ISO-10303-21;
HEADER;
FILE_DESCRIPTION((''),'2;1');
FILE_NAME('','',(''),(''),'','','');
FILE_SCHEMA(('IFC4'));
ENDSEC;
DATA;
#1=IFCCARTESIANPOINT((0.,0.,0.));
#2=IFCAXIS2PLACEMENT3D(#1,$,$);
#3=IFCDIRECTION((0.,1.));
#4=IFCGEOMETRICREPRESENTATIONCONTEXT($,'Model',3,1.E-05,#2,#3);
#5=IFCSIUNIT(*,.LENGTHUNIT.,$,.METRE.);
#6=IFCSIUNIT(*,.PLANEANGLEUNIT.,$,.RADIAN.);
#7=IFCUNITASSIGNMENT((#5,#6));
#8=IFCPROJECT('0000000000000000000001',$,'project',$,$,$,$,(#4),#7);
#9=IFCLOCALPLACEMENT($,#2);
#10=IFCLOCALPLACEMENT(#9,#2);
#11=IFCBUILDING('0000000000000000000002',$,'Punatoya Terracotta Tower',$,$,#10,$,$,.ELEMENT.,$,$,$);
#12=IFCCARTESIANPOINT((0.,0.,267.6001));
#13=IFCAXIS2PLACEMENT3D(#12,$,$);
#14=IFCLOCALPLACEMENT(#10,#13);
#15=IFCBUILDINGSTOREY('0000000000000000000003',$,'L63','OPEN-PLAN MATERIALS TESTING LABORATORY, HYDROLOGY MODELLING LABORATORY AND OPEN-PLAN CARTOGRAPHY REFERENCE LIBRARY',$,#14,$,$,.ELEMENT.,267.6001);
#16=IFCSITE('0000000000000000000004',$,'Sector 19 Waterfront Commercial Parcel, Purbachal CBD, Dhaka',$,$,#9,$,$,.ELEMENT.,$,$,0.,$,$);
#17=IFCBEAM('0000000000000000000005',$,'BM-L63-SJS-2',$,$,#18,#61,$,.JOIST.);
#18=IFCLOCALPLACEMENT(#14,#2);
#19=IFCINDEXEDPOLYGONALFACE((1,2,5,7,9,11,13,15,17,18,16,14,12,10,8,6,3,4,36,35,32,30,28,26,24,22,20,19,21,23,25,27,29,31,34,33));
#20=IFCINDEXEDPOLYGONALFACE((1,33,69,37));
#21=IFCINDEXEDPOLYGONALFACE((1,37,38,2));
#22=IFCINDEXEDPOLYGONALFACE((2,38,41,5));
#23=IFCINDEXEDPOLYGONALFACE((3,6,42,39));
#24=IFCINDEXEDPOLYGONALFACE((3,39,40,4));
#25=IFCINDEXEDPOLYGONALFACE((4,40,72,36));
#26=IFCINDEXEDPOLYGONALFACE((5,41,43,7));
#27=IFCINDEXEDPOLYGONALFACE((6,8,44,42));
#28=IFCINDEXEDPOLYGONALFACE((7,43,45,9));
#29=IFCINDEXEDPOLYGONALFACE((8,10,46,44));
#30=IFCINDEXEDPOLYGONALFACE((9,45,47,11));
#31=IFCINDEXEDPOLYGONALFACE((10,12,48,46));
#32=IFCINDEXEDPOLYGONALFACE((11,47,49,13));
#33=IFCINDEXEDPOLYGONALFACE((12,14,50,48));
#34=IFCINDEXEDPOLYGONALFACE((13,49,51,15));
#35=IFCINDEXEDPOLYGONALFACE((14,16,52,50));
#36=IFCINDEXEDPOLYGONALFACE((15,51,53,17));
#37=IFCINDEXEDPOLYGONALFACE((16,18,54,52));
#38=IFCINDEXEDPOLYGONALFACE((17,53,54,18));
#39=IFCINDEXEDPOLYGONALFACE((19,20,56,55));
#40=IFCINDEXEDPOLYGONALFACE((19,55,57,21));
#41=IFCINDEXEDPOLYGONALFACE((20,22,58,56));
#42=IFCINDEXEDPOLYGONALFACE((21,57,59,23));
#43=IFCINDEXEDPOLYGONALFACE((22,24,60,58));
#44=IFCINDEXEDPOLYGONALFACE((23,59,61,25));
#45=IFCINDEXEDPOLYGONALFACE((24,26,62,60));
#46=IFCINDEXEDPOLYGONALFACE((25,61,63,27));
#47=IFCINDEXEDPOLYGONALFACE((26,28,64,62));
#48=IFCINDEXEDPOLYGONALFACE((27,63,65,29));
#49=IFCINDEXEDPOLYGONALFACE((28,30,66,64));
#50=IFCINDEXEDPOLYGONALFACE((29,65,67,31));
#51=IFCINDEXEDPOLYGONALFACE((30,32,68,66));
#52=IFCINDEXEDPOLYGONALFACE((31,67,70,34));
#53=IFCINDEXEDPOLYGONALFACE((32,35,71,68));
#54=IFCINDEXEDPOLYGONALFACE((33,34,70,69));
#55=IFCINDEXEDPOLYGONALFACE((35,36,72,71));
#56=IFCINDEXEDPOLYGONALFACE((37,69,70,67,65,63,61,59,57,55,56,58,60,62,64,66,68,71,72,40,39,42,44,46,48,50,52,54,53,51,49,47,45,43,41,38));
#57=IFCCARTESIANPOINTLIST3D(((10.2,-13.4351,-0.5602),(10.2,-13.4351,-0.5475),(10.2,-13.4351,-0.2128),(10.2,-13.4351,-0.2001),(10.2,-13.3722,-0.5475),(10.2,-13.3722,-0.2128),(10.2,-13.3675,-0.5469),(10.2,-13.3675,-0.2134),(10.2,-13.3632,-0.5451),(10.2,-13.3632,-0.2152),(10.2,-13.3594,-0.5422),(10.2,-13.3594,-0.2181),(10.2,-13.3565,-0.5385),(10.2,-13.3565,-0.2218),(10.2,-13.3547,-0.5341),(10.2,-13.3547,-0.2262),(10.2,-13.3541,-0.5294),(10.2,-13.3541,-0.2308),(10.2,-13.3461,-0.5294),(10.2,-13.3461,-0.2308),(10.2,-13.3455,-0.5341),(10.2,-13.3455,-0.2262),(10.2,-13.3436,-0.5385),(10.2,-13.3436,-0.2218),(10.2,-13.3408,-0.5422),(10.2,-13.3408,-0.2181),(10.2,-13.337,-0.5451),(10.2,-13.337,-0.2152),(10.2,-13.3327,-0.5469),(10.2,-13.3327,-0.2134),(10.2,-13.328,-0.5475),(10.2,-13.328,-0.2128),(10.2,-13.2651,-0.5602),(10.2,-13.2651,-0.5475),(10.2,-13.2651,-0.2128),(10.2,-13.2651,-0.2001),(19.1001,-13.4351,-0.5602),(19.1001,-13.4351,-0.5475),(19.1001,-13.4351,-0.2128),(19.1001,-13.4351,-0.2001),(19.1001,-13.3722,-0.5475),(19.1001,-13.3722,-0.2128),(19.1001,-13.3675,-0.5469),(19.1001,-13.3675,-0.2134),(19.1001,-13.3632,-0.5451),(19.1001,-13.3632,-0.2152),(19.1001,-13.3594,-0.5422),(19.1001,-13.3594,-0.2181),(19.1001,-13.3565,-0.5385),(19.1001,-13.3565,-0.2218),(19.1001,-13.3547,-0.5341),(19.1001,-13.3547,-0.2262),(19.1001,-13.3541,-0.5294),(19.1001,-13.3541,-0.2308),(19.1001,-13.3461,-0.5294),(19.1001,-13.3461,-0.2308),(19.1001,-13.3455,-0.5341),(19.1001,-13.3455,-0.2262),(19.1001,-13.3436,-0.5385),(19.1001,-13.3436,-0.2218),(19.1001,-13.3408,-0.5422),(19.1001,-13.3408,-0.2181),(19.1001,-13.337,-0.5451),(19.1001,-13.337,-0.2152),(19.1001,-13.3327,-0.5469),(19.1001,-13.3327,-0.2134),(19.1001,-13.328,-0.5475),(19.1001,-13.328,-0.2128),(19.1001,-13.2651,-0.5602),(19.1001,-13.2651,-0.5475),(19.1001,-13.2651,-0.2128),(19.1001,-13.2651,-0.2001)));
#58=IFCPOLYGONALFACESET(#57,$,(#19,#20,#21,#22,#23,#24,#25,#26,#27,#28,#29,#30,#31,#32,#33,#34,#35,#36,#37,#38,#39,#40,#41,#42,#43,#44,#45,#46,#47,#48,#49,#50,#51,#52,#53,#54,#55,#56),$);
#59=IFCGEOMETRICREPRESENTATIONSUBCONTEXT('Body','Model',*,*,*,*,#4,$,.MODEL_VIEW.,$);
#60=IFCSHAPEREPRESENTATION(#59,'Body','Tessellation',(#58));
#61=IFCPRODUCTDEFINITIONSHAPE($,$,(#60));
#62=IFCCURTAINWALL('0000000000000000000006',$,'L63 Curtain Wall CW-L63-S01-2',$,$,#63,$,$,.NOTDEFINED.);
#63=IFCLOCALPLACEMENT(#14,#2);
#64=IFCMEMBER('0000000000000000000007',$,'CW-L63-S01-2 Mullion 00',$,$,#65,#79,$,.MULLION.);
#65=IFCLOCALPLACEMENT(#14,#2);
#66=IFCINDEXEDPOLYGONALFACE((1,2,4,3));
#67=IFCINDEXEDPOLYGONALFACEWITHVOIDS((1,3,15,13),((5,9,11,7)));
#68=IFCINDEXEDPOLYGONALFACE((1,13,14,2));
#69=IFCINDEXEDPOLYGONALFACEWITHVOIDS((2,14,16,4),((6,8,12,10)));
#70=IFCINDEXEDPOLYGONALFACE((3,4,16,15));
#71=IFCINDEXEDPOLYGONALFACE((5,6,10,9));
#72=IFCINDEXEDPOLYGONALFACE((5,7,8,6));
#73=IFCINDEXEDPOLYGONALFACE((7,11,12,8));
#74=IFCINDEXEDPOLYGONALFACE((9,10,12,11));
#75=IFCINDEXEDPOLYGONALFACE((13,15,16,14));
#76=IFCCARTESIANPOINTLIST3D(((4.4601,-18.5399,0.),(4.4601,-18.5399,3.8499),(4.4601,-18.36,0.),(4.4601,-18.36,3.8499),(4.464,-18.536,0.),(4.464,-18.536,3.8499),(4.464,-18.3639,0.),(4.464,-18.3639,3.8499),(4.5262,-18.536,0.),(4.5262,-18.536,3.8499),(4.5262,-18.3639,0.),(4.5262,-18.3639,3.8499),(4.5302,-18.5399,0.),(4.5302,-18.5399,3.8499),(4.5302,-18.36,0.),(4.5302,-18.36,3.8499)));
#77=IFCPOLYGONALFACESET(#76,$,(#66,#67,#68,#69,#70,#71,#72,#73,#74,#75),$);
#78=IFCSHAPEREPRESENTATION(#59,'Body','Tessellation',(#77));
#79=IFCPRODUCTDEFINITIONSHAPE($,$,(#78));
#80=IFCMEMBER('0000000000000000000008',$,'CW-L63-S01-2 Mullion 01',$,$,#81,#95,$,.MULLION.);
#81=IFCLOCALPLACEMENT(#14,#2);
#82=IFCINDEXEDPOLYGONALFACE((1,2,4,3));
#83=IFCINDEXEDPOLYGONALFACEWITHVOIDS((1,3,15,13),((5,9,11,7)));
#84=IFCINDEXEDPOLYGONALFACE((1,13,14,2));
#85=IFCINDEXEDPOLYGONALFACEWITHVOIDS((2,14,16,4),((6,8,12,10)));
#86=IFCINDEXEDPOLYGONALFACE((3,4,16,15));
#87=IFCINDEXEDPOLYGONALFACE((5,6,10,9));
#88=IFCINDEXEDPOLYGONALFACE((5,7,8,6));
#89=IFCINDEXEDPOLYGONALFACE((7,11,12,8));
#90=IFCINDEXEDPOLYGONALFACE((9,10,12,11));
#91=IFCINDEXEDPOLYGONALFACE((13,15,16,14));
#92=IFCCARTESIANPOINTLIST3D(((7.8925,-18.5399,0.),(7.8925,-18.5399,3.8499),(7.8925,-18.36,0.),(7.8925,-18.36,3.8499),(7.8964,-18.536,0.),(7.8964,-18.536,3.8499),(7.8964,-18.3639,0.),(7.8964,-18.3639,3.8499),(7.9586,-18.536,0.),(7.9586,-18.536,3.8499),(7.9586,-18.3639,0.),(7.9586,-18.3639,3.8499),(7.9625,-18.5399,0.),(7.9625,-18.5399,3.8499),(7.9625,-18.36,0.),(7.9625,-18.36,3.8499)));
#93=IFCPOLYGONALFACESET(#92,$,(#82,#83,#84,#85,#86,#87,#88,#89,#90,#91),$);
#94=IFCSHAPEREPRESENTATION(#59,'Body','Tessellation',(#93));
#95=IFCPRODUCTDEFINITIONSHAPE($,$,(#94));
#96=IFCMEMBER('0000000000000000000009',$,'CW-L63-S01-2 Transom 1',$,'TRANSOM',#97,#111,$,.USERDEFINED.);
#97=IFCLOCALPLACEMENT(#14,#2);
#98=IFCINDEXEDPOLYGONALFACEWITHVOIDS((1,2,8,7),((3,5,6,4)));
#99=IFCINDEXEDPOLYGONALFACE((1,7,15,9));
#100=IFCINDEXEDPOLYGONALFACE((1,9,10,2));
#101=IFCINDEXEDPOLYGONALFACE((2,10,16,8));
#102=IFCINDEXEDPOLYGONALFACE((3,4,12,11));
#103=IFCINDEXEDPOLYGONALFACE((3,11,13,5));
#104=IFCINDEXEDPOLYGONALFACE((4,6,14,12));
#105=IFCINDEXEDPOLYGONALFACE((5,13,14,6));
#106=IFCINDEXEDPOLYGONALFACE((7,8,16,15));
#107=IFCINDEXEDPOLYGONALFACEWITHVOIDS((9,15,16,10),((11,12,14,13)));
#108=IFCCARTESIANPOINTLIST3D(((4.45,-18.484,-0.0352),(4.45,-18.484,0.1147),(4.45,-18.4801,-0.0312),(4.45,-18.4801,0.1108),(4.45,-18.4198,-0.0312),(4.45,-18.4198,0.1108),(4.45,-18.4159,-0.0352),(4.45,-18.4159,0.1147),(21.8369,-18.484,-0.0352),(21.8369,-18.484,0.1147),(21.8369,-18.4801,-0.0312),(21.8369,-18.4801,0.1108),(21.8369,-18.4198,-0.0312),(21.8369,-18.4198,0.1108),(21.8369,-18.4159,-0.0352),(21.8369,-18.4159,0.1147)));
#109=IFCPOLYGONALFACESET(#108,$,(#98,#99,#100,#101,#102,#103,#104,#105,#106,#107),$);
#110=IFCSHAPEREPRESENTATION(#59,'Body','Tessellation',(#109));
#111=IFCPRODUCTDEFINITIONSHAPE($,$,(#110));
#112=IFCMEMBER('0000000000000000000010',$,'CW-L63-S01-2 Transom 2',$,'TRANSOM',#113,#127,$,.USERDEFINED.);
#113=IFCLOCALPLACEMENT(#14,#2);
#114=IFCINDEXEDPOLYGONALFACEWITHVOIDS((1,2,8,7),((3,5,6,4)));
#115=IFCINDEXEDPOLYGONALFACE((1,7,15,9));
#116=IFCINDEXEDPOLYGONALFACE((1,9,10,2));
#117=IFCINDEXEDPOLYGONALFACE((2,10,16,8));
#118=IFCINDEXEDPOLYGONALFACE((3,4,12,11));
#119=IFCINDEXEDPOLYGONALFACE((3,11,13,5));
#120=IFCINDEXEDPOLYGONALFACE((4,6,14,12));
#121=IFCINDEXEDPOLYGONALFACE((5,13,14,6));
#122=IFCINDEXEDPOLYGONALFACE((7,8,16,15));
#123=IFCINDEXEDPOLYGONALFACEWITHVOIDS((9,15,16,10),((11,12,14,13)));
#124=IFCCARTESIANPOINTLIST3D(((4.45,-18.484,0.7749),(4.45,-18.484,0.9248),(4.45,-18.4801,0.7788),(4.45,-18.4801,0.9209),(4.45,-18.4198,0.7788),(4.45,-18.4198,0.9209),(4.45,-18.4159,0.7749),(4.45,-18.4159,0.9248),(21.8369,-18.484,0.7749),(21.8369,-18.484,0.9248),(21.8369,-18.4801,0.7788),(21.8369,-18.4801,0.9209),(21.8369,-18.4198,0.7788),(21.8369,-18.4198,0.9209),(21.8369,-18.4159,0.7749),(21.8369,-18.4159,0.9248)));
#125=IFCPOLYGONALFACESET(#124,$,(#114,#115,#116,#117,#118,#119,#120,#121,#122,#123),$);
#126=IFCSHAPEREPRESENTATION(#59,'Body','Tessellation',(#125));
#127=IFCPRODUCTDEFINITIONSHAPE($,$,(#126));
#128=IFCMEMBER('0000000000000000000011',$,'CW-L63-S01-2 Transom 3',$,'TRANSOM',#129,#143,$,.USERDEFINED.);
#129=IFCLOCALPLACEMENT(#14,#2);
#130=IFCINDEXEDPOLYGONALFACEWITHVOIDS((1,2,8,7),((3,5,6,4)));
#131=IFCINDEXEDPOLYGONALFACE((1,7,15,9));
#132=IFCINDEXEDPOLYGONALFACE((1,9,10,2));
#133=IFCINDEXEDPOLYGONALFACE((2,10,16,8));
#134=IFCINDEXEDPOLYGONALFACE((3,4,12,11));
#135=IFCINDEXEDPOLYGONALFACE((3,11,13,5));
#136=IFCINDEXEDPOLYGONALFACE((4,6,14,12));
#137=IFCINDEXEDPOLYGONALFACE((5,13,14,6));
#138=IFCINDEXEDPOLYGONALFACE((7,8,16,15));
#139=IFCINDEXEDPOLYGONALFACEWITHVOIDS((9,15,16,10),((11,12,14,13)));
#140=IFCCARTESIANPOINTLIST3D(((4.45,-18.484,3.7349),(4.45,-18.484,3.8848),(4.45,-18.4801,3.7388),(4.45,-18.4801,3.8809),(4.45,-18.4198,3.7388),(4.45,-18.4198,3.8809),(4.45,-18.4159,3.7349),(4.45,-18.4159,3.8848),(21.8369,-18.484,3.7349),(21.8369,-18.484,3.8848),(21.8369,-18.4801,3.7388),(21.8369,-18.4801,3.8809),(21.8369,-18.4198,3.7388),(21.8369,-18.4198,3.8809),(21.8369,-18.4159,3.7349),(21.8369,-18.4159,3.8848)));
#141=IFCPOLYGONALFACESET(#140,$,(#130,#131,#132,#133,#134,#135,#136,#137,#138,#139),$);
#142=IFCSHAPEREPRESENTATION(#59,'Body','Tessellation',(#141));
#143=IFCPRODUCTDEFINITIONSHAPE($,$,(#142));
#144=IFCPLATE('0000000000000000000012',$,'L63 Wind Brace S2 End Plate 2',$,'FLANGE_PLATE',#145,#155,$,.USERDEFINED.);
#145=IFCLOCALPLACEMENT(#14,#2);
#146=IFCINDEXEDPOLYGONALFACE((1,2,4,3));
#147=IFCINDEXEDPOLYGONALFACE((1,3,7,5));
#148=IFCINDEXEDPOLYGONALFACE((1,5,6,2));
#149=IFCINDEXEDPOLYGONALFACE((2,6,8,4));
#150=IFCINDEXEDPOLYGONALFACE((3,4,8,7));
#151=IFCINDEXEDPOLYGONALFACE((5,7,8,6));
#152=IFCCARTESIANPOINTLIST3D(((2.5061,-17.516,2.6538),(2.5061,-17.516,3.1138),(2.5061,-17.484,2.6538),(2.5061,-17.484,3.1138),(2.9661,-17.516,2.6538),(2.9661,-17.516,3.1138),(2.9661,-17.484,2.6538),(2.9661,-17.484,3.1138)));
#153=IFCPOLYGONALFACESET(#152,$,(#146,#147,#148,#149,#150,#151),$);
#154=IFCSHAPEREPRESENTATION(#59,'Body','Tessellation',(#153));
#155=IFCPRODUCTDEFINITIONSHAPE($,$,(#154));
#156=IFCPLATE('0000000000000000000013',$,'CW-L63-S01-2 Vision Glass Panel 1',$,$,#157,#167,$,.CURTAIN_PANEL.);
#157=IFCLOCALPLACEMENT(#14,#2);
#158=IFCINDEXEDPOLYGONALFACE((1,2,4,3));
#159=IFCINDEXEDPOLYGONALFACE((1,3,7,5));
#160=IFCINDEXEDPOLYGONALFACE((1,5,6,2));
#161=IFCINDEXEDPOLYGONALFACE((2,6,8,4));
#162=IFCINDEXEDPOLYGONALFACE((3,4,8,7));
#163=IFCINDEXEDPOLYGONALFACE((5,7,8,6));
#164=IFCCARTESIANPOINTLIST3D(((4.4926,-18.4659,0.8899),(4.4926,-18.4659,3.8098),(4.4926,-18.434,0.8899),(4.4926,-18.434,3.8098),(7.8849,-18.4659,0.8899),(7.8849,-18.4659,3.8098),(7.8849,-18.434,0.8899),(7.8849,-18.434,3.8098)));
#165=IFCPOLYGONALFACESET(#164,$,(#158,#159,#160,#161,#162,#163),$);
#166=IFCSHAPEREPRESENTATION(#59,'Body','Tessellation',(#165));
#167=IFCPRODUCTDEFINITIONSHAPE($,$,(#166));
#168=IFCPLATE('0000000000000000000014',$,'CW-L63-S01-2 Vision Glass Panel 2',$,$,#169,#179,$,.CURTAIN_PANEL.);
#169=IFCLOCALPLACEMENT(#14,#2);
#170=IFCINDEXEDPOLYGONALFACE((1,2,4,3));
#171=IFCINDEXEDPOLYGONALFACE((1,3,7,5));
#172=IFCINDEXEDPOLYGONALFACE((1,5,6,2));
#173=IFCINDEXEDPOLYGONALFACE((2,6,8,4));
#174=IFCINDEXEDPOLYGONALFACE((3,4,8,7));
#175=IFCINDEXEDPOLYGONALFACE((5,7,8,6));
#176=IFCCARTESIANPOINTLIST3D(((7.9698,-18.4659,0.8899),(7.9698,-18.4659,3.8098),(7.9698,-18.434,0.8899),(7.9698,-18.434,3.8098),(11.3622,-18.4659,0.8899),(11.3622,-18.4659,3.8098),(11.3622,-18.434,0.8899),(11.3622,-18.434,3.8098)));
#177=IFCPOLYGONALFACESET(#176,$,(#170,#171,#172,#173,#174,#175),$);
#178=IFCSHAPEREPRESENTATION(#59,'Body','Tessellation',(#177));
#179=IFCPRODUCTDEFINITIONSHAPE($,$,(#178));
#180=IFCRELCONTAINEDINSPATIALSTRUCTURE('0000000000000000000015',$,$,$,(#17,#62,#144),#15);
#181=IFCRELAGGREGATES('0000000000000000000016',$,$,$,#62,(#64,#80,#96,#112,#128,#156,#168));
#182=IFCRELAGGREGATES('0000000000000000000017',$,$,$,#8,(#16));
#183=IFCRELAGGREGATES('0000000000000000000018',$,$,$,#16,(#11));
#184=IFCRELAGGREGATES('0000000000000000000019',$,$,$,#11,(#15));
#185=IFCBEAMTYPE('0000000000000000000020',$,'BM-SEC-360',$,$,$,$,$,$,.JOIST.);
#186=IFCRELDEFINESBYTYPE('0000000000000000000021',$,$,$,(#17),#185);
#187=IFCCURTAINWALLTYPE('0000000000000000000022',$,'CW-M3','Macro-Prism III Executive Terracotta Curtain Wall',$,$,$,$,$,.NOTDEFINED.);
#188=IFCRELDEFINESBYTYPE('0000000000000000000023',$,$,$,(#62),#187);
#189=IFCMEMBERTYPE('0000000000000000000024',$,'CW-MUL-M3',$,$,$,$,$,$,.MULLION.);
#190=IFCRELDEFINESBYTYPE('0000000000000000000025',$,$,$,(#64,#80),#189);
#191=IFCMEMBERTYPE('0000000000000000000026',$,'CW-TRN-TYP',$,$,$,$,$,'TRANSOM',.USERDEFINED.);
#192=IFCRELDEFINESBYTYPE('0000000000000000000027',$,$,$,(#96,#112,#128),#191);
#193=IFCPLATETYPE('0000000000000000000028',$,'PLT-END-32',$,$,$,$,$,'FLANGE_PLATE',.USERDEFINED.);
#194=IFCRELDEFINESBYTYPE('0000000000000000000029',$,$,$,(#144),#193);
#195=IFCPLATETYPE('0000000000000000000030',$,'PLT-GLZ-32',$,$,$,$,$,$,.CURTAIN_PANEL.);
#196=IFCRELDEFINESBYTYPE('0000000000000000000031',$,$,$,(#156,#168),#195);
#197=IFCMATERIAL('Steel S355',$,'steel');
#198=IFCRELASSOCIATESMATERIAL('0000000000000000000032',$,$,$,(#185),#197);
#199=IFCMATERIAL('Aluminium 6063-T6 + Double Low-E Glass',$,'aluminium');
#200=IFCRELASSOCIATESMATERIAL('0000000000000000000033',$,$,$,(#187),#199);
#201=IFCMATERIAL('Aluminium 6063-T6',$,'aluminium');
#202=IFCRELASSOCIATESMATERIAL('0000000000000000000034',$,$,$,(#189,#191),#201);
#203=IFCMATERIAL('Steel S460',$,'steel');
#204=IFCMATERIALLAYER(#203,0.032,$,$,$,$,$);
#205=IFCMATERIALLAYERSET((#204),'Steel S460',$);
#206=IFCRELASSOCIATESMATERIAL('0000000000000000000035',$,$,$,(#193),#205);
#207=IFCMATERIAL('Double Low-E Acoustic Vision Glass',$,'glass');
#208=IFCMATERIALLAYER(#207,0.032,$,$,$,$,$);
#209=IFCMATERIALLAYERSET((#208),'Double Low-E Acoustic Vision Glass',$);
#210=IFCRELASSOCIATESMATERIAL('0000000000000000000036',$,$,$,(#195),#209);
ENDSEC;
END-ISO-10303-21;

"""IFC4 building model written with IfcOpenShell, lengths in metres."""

from ifc_helpers import new_model, si_unit, direction, frame, origin, origin_2d, place, context, subcontext, project, spatial, rectangle, hollow_rectangle, i_section, extrude, material, layer, layer_set, material_profile, profile_set, type_object, element, aggregate, save


model = new_model("IFC4")

# Units and contexts
model_context = context("Model", 3, precision=1e-05, world=origin(), true_north=direction((0.0, 1.0)))
body_context = subcontext(model_context, "Body", "Model", "MODEL_VIEW")
ifc_project = project(units=[si_unit("LENGTHUNIT", "METRE"), si_unit("PLANEANGLEUNIT", "RADIAN")], contexts=[model_context])

# Site, building, storey
site_placement = place(None, origin())
site = spatial("IfcSite", under=ifc_project, at=site_placement, Name="Sector 19 Waterfront Commercial Parcel, Purbachal CBD, Dhaka", CompositionType="ELEMENT", RefElevation=0.0)
building_placement = place(site_placement, origin())
building = spatial("IfcBuilding", under=site, at=building_placement, Name="Punatoya Terracotta Tower", CompositionType="ELEMENT")
storey_placement = place(building_placement, frame((0.0, 0.0, 267.6001)))
storey = spatial("IfcBuildingStorey", under=building, at=storey_placement, Name="L63", Description="OPEN-PLAN MATERIALS TESTING LABORATORY, HYDROLOGY MODELLING LABORATORY AND OPEN-PLAN CARTOGRAPHY REFERENCE LIBRARY", CompositionType="ELEMENT", Elevation=267.6001)

# Shared definitions
ifc_material_1 = material(Name="Steel S460", Category="steel")

# Beam
ifc_material_2 = material(Name="Steel S355", Category="steel")
ifc_material_profile_1 = material_profile(ifc_material_2, i_section(OverallWidth=0.1699, OverallDepth=0.3601, WebThickness=0.0081, FlangeThickness=0.0127, FilletRadius=0.0181, at=origin_2d()))
ifc_profile_set_1 = profile_set([ifc_material_profile_1], Name="Steel S355")
beam_type_1 = type_object("IfcBeamType", Name="BM-SEC-360", PredefinedType="JOIST", material=ifc_profile_set_1)
beam_1_placement = place(storey_placement, frame((10.2, -13.3501, -0.3801), z_axis=(1.0, 0.0, 0.0), x_axis=(0.0, 1.0, 0.0)))
element("IfcBeam", 1, at=beam_1_placement, inside=storey, type_object=beam_type_1, Name="BM-L63-SJS-2", PredefinedType="JOIST", context=body_context, shape_type="SweptSolid", body=[
    extrude(i_section(OverallWidth=0.1699, OverallDepth=0.3601, WebThickness=0.0081, FlangeThickness=0.0127, FilletRadius=0.0181, at=origin_2d()), origin(), (0.0, 0.0, 1.0), 8.9001),
])

# Curtain wall, members
ifc_material_3 = material(Name="Aluminium 6063-T6 + Double Low-E Glass", Category="aluminium")
curtain_wall_type = type_object("IfcCurtainWallType", Name="CW-M3", Description="Macro-Prism III Executive Terracotta Curtain Wall", PredefinedType="NOTDEFINED", material=ifc_material_3)
curtain_wall_placement = place(storey_placement, origin())
curtain_wall = element("IfcCurtainWall", 2, at=curtain_wall_placement, inside=storey, type_object=curtain_wall_type, Name="L63 Curtain Wall CW-L63-S01-2", PredefinedType="NOTDEFINED")
ifc_material_4 = material(Name="Aluminium 6063-T6", Category="aluminium")
ifc_material_profile_2 = material_profile(ifc_material_4, hollow_rectangle(XDim=0.0701, YDim=0.1799, WallThickness=0.0039, at=origin_2d()))
ifc_profile_set_2 = profile_set([ifc_material_profile_2], Name="Aluminium 6063-T6")
member_type_1 = type_object("IfcMemberType", Name="CW-MUL-M3", PredefinedType="MULLION", material=ifc_profile_set_2)
member_1_placement = place(storey_placement, frame((4.4951, -18.45, 0.0), z_axis=(0.0, 0.0, 1.0), x_axis=(1.0, 0.0, 0.0)))
member_1 = element("IfcMember", 3, at=member_1_placement, type_object=member_type_1, Name="CW-L63-S01-2 Mullion 00", PredefinedType="MULLION", context=body_context, shape_type="SweptSolid", body=[
    extrude(hollow_rectangle(XDim=0.0701, YDim=0.1799, WallThickness=0.0039, at=origin_2d()), origin(), (0.0, 0.0, 1.0), 3.8499),
])
member_2_placement = place(storey_placement, frame((7.9275, -18.45, 0.0), z_axis=(0.0, 0.0, 1.0), x_axis=(1.0, 0.0, 0.0)))
member_2 = element("IfcMember", 4, at=member_2_placement, type_object=member_type_1, Name="CW-L63-S01-2 Mullion 01", PredefinedType="MULLION", context=body_context, shape_type="SweptSolid", body=[
    extrude(hollow_rectangle(XDim=0.0701, YDim=0.1799, WallThickness=0.0039, at=origin_2d()), origin(), (0.0, 0.0, 1.0), 3.8499),
])
ifc_material_profile_3 = material_profile(ifc_material_4, hollow_rectangle(XDim=0.0681, YDim=0.1499, WallThickness=0.0039, at=origin_2d()))
ifc_profile_set_3 = profile_set([ifc_material_profile_3], Name="Aluminium 6063-T6")
member_type_2 = type_object("IfcMemberType", Name="CW-TRN-TYP", ElementType="TRANSOM", PredefinedType="USERDEFINED", material=ifc_profile_set_3)
member_3_placement = place(storey_placement, frame((4.45, -18.45, 0.0398), z_axis=(1.0, 0.0, 0.0), x_axis=(0.0, 1.0, 0.0)))
member_3 = element("IfcMember", 5, at=member_3_placement, type_object=member_type_2, Name="CW-L63-S01-2 Transom 1", ObjectType="TRANSOM", PredefinedType="USERDEFINED", context=body_context, shape_type="SweptSolid", body=[
    extrude(hollow_rectangle(XDim=0.0681, YDim=0.1499, WallThickness=0.0039, at=origin_2d()), origin(), (0.0, 0.0, 1.0), 17.387),
])
member_4_placement = place(storey_placement, frame((4.45, -18.45, 0.8499), z_axis=(1.0, 0.0, 0.0), x_axis=(0.0, 1.0, 0.0)))
member_4 = element("IfcMember", 6, at=member_4_placement, type_object=member_type_2, Name="CW-L63-S01-2 Transom 2", ObjectType="TRANSOM", PredefinedType="USERDEFINED", context=body_context, shape_type="SweptSolid", body=[
    extrude(hollow_rectangle(XDim=0.0681, YDim=0.1499, WallThickness=0.0039, at=origin_2d()), origin(), (0.0, 0.0, 1.0), 17.387),
])
member_5_placement = place(storey_placement, frame((4.45, -18.45, 3.8098), z_axis=(1.0, 0.0, 0.0), x_axis=(0.0, 1.0, 0.0)))
member_5 = element("IfcMember", 7, at=member_5_placement, type_object=member_type_2, Name="CW-L63-S01-2 Transom 3", ObjectType="TRANSOM", PredefinedType="USERDEFINED", context=body_context, shape_type="SweptSolid", body=[
    extrude(hollow_rectangle(XDim=0.0681, YDim=0.1499, WallThickness=0.0039, at=origin_2d()), origin(), (0.0, 0.0, 1.0), 17.387),
])

# Plates
ifc_layer_1 = layer(ifc_material_1, 0.032)
ifc_layer_set_1 = layer_set([ifc_layer_1], Name="Steel S460")
plate_type_1 = type_object("IfcPlateType", Name="PLT-END-32", ElementType="FLANGE_PLATE", PredefinedType="USERDEFINED", material=ifc_layer_set_1)
plate_1_placement = place(storey_placement, frame((2.7361, -17.5, 2.6538), z_axis=(0.0, 0.0, 1.0), x_axis=(1.0, 0.0, 0.0)))
element("IfcPlate", 8, at=plate_1_placement, inside=storey, type_object=plate_type_1, Name="L63 Wind Brace S2 End Plate 2", ObjectType="FLANGE_PLATE", PredefinedType="USERDEFINED", context=body_context, shape_type="SweptSolid", body=[
    extrude(rectangle(XDim=0.46, YDim=0.032, at=origin_2d()), origin(), (0.0, 0.0, 1.0), 0.46),
])
ifc_material_5 = material(Name="Double Low-E Acoustic Vision Glass", Category="glass")
ifc_layer_2 = layer(ifc_material_5, 0.032)
ifc_layer_set_2 = layer_set([ifc_layer_2], Name="Double Low-E Acoustic Vision Glass")
plate_type_2 = type_object("IfcPlateType", Name="PLT-GLZ-32", PredefinedType="CURTAIN_PANEL", material=ifc_layer_set_2)
plate_2_placement = place(storey_placement, frame((6.1887, -18.45, 0.8899), z_axis=(0.0, 0.0, 1.0), x_axis=(1.0, 0.0, 0.0)))
plate_2 = element("IfcPlate", 9, at=plate_2_placement, type_object=plate_type_2, Name="CW-L63-S01-2 Vision Glass Panel 1", PredefinedType="CURTAIN_PANEL", context=body_context, shape_type="SweptSolid", body=[
    extrude(rectangle(XDim=3.3923, YDim=0.032, at=origin_2d()), origin(), (0.0, 0.0, 1.0), 2.9199),
])
plate_3_placement = place(storey_placement, frame((9.666, -18.45, 0.8899), z_axis=(0.0, 0.0, 1.0), x_axis=(1.0, 0.0, 0.0)))
plate_3 = element("IfcPlate", 10, at=plate_3_placement, type_object=plate_type_2, Name="CW-L63-S01-2 Vision Glass Panel 2", PredefinedType="CURTAIN_PANEL", context=body_context, shape_type="SweptSolid", body=[
    extrude(rectangle(XDim=3.3923, YDim=0.032, at=origin_2d()), origin(), (0.0, 0.0, 1.0), 2.9199),
])
aggregate(curtain_wall, [member_1, member_2, member_3, member_4, member_5, plate_2, plate_3])

save(model, "model.ifc")
